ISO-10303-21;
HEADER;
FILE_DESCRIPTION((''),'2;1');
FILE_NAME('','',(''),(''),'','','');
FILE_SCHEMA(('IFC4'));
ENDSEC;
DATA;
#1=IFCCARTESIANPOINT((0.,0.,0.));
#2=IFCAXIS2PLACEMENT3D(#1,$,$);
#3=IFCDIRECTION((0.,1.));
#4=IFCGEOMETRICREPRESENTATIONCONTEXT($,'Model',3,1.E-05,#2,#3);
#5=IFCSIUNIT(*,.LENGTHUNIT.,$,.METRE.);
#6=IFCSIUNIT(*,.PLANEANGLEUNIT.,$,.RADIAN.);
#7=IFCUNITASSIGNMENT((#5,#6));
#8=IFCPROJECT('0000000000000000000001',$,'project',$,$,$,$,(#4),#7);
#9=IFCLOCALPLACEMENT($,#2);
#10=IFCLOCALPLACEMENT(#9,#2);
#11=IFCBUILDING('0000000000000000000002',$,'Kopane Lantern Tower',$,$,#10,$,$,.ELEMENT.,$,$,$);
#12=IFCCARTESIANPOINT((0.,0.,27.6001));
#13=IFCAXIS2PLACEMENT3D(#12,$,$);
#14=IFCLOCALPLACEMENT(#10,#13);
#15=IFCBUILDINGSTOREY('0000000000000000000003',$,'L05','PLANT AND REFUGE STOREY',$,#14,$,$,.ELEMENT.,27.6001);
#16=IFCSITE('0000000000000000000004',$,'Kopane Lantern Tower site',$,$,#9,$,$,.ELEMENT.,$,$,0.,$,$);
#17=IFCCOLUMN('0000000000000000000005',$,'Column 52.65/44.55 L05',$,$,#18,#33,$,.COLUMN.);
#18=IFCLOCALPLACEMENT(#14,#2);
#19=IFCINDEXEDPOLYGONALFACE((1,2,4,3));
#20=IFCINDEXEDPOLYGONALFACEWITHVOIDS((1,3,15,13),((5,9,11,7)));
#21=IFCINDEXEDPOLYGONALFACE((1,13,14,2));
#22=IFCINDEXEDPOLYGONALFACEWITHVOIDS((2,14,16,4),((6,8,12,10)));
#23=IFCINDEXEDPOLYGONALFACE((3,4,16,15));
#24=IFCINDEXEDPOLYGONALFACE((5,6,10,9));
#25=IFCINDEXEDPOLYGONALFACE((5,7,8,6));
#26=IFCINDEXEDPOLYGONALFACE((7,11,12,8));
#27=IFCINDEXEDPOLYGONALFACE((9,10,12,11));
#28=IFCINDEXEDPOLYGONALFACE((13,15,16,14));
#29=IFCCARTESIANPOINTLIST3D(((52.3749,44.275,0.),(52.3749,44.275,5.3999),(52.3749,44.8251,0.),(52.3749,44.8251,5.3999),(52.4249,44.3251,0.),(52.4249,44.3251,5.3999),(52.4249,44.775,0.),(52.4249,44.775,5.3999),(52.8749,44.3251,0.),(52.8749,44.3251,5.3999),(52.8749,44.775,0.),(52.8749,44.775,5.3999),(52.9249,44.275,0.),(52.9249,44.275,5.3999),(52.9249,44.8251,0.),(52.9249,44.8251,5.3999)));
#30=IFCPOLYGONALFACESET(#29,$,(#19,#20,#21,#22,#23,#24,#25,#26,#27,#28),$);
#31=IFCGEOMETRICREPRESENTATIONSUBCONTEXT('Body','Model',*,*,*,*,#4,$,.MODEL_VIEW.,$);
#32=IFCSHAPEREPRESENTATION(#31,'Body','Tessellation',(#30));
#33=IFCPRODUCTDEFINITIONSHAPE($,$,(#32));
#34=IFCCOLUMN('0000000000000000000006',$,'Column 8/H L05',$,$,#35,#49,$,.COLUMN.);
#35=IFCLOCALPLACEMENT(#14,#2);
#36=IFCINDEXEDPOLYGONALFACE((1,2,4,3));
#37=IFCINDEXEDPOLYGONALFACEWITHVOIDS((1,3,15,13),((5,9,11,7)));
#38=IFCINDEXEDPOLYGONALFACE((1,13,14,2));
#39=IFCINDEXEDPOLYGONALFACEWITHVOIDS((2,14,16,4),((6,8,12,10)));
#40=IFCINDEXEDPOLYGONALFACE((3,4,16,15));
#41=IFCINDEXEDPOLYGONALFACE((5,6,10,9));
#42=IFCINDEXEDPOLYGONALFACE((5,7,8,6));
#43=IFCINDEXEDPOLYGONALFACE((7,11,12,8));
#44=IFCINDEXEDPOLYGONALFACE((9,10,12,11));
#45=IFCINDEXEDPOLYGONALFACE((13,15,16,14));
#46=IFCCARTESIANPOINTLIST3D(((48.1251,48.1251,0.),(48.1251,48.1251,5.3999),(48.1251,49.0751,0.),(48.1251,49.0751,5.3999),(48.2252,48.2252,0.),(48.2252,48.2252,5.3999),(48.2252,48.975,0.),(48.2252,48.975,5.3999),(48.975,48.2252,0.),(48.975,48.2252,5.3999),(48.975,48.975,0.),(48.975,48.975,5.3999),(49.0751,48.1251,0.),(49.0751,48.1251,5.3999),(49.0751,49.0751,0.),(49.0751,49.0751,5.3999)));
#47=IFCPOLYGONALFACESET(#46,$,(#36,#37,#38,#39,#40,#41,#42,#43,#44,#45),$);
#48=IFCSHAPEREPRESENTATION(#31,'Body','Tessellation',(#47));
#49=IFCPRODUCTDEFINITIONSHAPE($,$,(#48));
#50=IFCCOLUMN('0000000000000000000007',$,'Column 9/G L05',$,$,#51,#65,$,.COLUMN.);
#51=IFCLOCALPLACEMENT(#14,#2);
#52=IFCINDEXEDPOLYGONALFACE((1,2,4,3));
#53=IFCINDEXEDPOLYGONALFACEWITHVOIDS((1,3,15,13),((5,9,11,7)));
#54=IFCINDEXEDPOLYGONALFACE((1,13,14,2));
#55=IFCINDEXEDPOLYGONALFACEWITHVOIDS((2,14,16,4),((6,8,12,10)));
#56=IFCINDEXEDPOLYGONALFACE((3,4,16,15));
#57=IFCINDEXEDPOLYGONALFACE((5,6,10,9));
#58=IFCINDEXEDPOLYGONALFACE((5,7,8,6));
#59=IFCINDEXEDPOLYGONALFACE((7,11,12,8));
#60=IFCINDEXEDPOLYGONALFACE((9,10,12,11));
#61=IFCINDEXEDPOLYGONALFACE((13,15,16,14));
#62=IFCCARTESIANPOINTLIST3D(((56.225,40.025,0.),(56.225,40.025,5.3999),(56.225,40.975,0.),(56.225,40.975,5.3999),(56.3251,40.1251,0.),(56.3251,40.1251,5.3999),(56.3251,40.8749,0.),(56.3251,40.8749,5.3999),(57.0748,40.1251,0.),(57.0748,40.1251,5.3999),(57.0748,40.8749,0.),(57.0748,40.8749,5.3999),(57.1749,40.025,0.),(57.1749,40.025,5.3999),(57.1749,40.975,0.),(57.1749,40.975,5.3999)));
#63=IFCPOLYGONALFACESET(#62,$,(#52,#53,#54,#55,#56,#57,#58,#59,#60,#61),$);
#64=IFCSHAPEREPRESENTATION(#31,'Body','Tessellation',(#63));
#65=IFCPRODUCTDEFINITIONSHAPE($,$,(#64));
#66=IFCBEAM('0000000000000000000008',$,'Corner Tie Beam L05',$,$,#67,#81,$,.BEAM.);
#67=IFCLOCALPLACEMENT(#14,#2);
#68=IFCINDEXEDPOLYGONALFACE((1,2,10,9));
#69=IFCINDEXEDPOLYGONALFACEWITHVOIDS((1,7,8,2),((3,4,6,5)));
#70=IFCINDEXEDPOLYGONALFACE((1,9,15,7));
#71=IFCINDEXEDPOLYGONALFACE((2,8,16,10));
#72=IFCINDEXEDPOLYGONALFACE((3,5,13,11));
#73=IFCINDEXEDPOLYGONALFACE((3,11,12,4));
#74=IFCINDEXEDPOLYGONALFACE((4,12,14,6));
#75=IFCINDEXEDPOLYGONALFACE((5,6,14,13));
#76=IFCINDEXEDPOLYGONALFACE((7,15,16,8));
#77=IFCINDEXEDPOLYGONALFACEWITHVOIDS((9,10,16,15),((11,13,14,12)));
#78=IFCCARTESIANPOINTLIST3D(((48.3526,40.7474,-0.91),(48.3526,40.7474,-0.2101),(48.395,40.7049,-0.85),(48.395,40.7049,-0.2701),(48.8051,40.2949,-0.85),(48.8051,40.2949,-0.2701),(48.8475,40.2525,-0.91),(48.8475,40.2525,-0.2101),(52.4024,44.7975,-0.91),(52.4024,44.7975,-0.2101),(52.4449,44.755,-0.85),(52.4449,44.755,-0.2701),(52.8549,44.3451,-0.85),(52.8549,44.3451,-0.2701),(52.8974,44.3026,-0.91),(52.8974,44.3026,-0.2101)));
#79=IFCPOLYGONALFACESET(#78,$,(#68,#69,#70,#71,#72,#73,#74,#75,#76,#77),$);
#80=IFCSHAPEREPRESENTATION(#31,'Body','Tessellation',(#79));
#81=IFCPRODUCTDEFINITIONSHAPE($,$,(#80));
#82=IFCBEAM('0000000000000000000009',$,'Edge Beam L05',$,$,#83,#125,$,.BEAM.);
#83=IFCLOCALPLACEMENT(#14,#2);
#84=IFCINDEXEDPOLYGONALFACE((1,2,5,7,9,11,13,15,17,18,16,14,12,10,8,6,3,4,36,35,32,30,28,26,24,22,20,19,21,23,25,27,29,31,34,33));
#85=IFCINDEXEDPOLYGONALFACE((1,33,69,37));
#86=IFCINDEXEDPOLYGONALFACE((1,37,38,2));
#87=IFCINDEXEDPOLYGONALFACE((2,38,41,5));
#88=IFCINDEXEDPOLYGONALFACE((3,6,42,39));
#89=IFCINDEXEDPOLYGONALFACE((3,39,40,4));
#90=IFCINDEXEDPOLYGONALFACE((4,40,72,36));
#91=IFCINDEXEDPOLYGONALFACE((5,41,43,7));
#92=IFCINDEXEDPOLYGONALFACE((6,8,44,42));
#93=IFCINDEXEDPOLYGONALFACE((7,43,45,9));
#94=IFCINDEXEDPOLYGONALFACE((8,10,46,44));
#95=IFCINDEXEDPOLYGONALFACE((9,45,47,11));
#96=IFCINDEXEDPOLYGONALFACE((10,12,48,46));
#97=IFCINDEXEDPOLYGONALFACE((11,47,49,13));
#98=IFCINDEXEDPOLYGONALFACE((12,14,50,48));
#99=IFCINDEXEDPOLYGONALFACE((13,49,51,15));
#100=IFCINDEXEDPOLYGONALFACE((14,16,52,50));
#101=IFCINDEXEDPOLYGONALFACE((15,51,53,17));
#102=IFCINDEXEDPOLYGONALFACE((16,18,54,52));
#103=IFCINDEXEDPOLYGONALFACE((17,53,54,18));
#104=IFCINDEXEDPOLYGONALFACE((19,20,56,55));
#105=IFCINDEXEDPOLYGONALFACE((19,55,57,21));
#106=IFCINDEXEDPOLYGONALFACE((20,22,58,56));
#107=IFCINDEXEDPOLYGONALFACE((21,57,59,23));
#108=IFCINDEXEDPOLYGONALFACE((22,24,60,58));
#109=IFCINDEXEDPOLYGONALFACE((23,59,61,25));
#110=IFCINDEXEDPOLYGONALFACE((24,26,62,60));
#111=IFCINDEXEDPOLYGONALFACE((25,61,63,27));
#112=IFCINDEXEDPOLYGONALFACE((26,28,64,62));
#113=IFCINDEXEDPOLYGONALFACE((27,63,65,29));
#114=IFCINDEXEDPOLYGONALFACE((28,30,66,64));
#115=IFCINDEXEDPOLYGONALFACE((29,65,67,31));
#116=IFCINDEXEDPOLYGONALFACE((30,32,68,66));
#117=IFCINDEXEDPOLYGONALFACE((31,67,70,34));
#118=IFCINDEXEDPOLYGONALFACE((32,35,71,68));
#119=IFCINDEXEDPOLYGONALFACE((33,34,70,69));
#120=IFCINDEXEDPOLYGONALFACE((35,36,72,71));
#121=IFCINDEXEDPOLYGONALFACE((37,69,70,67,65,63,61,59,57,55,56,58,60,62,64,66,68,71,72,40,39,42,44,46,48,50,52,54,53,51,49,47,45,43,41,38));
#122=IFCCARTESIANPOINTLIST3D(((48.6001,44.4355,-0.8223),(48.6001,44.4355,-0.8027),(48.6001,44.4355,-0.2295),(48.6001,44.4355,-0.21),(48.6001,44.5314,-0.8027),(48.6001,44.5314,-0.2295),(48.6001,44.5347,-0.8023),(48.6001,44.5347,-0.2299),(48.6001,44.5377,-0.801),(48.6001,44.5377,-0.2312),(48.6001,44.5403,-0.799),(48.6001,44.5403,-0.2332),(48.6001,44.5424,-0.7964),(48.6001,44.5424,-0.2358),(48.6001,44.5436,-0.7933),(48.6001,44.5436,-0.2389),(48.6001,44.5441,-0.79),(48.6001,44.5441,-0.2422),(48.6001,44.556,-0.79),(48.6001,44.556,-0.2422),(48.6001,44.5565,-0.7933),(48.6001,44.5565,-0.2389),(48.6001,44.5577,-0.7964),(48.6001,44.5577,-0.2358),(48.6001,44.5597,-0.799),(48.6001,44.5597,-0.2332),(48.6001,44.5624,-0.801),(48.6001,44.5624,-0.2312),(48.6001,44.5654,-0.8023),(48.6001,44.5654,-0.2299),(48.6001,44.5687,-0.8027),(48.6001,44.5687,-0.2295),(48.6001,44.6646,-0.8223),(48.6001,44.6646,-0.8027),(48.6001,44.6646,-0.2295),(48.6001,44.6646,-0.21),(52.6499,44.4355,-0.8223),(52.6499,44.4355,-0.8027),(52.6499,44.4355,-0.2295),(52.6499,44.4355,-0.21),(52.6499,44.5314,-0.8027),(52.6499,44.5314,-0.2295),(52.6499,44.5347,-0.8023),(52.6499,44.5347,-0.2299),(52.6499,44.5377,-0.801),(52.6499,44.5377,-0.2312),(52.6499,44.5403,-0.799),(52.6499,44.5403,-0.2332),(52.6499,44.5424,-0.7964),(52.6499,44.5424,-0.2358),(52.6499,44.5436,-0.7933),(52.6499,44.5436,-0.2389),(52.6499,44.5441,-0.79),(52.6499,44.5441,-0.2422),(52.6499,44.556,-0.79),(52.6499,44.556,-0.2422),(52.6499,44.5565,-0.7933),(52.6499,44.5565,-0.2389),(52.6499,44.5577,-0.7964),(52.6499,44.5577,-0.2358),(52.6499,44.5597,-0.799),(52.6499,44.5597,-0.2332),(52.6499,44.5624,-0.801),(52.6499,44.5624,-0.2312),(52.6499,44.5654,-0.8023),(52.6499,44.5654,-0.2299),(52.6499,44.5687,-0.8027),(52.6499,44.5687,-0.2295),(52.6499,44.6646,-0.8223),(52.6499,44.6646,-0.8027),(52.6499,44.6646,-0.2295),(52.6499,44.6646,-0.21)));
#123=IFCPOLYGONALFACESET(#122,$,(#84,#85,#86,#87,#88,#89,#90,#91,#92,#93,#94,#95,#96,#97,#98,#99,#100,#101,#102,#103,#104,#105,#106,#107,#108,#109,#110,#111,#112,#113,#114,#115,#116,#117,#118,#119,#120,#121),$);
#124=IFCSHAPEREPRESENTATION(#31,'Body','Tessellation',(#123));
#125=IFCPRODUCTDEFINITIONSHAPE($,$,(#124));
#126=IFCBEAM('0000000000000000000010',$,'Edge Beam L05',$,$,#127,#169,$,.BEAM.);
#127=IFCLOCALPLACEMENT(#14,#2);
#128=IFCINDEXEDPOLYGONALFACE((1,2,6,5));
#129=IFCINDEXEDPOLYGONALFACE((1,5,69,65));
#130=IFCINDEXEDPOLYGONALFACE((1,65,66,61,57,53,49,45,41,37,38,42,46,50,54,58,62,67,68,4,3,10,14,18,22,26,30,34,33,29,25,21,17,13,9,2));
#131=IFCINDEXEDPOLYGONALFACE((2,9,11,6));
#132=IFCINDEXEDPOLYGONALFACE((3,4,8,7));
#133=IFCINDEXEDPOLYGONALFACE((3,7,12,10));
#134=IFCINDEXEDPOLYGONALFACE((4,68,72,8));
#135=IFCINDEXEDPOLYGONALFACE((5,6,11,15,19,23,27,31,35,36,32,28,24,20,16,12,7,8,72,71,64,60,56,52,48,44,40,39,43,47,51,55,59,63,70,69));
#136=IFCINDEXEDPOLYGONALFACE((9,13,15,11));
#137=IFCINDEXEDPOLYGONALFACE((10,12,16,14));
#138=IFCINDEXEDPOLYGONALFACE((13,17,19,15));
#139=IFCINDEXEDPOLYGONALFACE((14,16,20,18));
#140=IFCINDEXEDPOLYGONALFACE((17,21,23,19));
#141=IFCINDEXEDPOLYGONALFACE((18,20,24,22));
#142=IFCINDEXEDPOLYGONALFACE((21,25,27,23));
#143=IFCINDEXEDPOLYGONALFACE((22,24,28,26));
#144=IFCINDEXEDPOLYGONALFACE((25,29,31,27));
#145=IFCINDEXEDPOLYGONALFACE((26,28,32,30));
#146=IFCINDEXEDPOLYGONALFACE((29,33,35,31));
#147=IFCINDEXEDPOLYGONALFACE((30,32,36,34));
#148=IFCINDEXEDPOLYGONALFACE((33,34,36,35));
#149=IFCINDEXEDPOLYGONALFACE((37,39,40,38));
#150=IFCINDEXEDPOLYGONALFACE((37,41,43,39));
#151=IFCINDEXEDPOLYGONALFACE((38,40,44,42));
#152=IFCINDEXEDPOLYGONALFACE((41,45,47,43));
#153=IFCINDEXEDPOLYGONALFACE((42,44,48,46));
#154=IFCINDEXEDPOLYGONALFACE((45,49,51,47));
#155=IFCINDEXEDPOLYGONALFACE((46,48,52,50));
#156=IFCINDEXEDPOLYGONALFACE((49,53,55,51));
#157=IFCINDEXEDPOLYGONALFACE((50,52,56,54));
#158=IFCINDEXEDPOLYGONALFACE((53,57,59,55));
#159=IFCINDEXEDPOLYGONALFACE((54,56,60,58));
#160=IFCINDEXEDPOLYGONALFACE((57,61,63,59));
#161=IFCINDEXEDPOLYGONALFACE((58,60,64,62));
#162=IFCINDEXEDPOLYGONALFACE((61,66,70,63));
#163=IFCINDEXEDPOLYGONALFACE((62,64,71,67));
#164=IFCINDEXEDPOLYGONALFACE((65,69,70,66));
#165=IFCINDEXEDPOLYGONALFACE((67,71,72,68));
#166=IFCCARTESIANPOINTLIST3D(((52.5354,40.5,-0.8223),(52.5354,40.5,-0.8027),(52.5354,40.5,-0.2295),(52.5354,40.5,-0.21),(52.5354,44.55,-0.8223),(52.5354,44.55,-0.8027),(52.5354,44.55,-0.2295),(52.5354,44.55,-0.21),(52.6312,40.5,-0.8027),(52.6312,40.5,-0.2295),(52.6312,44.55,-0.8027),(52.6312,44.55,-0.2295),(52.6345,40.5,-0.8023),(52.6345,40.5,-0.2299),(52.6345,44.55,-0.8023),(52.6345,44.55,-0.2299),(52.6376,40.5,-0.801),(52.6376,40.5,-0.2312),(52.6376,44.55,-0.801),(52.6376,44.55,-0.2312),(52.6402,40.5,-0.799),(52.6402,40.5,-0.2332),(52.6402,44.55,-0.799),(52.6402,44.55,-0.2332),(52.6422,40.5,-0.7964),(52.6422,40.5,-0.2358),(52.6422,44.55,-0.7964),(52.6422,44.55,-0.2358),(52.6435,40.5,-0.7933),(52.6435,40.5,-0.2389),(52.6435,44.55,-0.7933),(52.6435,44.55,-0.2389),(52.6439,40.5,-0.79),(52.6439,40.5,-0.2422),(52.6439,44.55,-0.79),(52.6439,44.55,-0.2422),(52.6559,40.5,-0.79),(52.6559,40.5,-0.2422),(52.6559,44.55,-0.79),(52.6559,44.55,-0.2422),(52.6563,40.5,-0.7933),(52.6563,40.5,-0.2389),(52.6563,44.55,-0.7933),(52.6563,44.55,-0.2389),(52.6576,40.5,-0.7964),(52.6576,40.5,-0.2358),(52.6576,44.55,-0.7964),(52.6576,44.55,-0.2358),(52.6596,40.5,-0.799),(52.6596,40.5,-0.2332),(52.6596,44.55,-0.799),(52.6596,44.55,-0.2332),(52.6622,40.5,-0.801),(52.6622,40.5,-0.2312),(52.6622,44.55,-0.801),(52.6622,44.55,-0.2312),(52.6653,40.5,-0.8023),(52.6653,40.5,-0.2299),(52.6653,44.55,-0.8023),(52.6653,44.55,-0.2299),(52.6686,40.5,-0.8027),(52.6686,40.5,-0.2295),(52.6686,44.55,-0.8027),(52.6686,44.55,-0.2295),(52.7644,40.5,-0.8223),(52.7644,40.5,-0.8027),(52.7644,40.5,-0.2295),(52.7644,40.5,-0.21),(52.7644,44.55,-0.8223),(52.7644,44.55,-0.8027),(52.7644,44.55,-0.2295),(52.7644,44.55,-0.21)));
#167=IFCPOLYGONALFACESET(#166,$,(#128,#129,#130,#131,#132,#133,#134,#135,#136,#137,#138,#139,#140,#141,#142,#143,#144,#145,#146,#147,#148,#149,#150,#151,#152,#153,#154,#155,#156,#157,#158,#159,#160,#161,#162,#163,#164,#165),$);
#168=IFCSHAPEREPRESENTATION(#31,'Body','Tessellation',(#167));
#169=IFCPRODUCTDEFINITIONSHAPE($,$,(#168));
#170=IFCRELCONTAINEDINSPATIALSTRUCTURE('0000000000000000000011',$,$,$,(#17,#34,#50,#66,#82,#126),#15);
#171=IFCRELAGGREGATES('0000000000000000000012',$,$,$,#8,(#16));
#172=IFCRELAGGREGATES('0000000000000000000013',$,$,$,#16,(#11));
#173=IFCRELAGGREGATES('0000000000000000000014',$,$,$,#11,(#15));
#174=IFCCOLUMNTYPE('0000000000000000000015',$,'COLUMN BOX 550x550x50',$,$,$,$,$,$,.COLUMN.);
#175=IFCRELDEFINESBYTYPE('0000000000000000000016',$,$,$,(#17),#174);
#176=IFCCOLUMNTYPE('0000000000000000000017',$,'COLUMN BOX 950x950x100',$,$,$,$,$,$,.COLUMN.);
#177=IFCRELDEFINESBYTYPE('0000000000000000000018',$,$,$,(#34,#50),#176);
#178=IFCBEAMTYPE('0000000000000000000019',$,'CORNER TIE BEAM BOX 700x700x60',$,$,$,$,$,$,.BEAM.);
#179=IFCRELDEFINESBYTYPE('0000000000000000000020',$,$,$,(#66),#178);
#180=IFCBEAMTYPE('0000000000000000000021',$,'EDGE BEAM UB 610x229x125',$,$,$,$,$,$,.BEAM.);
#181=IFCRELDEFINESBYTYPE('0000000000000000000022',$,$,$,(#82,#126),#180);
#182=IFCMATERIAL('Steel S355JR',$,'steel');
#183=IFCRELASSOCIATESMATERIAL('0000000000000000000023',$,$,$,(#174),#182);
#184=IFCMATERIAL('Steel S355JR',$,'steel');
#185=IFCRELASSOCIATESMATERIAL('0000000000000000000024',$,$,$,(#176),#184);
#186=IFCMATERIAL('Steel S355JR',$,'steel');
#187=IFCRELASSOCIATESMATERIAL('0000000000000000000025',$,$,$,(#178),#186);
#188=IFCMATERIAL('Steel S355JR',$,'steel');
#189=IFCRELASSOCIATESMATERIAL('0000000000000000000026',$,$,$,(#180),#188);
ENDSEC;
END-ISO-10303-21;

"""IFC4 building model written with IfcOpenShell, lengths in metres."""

from ifc_helpers import new_model, si_unit, direction, frame, origin, origin_2d, place, context, subcontext, project, spatial, hollow_rectangle, i_section, extrude, material, material_profile, profile_set, type_object, element, save


model = new_model("IFC4")

# Units and contexts
model_context = context("Model", 3, precision=1e-05, world=origin(), true_north=direction((0.0, 1.0)))
body_context = subcontext(model_context, "Body", "Model", "MODEL_VIEW")
ifc_project = project(units=[si_unit("LENGTHUNIT", "METRE"), si_unit("PLANEANGLEUNIT", "RADIAN")], contexts=[model_context])

# Site, building, storey
site_placement = place(None, origin())
site = spatial("IfcSite", under=ifc_project, at=site_placement, Name="Kopane Lantern Tower site", CompositionType="ELEMENT", RefElevation=0.0)
building_placement = place(site_placement, origin())
building = spatial("IfcBuilding", under=site, at=building_placement, Name="Kopane Lantern Tower", CompositionType="ELEMENT")
storey_placement = place(building_placement, frame((0.0, 0.0, 27.6001)))
storey = spatial("IfcBuildingStorey", under=building, at=storey_placement, Name="L05", Description="PLANT AND REFUGE STOREY", CompositionType="ELEMENT", Elevation=27.6001)

# Columns
ifc_material_1 = material(Name="Steel S355JR", Category="steel")
ifc_material_profile_1 = material_profile(ifc_material_1, hollow_rectangle(XDim=0.55, YDim=0.55, WallThickness=0.05, at=origin_2d()), Name="BOX 550x550x50")
ifc_profile_set_1 = profile_set([ifc_material_profile_1], Name="Steel S355JR")
column_type_1 = type_object("IfcColumnType", Name="COLUMN BOX 550x550x50", PredefinedType="COLUMN", material=ifc_profile_set_1)
column_placement = place(storey_placement, frame((52.6499, 44.55, 0.0), z_axis=(0.0, 0.0, 1.0), x_axis=(1.0, 0.0, 0.0)))
element("IfcColumn", 1, at=column_placement, inside=storey, type_object=column_type_1, Name="Column 52.65/44.55 L05", PredefinedType="COLUMN", context=body_context, shape_type="SweptSolid", body=[
    extrude(hollow_rectangle(XDim=0.55, YDim=0.55, WallThickness=0.05, at=origin_2d()), origin(), (0.0, 0.0, 1.0), 5.3999),
])
ifc_material_2 = material(Name="Steel S355JR", Category="steel")
ifc_material_profile_2 = material_profile(ifc_material_2, hollow_rectangle(XDim=0.95, YDim=0.95, WallThickness=0.1001, at=origin_2d()), Name="BOX 950x950x100")
ifc_profile_set_2 = profile_set([ifc_material_profile_2], Name="Steel S355JR")
column_type_2 = type_object("IfcColumnType", Name="COLUMN BOX 950x950x100", PredefinedType="COLUMN", material=ifc_profile_set_2)
for number, where, z_axis, x_axis, name in (
    (2, (48.6001, 48.6001, 0.0), (0.0, 0.0, 1.0), (1.0, 0.0, 0.0), "Column 8/H L05"),
    (3, (56.7, 40.5, 0.0), (0.0, 0.0, 1.0), (1.0, 0.0, 0.0), "Column 9/G L05"),
):
    element("IfcColumn", number, at=place(storey_placement, frame(where, z_axis=z_axis, x_axis=x_axis)), inside=storey, type_object=column_type_2, Name=name, PredefinedType="COLUMN", context=body_context, shape_type="SweptSolid", body=[
        extrude(hollow_rectangle(XDim=0.95, YDim=0.95, WallThickness=0.1001, at=origin_2d()), origin(), (0.0, 0.0, 1.0), 5.3999),
    ])

# Beams
ifc_material_3 = material(Name="Steel S355JR", Category="steel")
ifc_material_profile_3 = material_profile(ifc_material_3, hollow_rectangle(XDim=0.7, YDim=0.7, WallThickness=0.0601, at=origin_2d()), Name="BOX 700x700x60")
ifc_profile_set_3 = profile_set([ifc_material_profile_3], Name="Steel S355JR")
beam_type_1 = type_object("IfcBeamType", Name="CORNER TIE BEAM BOX 700x700x60", PredefinedType="BEAM", material=ifc_profile_set_3)
beam_1_placement = place(storey_placement, frame((52.6499, 44.55, -0.5601), z_axis=(-0.707085, -0.707128, 0.0), x_axis=(0.707128, -0.707085, 0.0)))
element("IfcBeam", 4, at=beam_1_placement, inside=storey, type_object=beam_type_1, Name="Corner Tie Beam L05", PredefinedType="BEAM", context=body_context, shape_type="SweptSolid", body=[
    extrude(hollow_rectangle(XDim=0.7, YDim=0.7, WallThickness=0.0601, at=origin_2d()), origin(), (0.0, 0.0, 1.0), 5.7275),
])
ifc_material_4 = material(Name="Steel S355JR", Category="steel")
ifc_material_profile_4 = material_profile(ifc_material_4, i_section(OverallWidth=0.229, OverallDepth=0.6123, WebThickness=0.012, FlangeThickness=0.0195, FilletRadius=0.0127, at=origin_2d()), Name="UB 610x229x125")
ifc_profile_set_4 = profile_set([ifc_material_profile_4], Name="Steel S355JR")
beam_type_2 = type_object("IfcBeamType", Name="EDGE BEAM UB 610x229x125", PredefinedType="BEAM", material=ifc_profile_set_4)
beam_2_placement = place(storey_placement, frame((52.6499, 44.55, -0.5161), z_axis=(-1.0, 0.0, 0.0), x_axis=(0.0, -1.0, 0.0)))
element("IfcBeam", 5, at=beam_2_placement, inside=storey, type_object=beam_type_2, Name="Edge Beam L05", PredefinedType="BEAM", context=body_context, shape_type="SweptSolid", body=[
    extrude(i_section(OverallWidth=0.229, OverallDepth=0.6123, WebThickness=0.012, FlangeThickness=0.0195, FilletRadius=0.0127, at=origin_2d()), origin(), (0.0, 0.0, 1.0), 4.0498),
])
beam_3_placement = place(storey_placement, frame((52.6499, 44.55, -0.5161), z_axis=(0.0, -1.0, 0.0), x_axis=(1.0, 0.0, 0.0)))
element("IfcBeam", 6, at=beam_3_placement, inside=storey, type_object=beam_type_2, Name="Edge Beam L05", PredefinedType="BEAM", context=body_context, shape_type="SweptSolid", body=[
    extrude(i_section(OverallWidth=0.229, OverallDepth=0.6123, WebThickness=0.012, FlangeThickness=0.0195, FilletRadius=0.0127, at=origin_2d()), origin(), (0.0, 0.0, 1.0), 4.05),
])

save(model, "model.ifc")
